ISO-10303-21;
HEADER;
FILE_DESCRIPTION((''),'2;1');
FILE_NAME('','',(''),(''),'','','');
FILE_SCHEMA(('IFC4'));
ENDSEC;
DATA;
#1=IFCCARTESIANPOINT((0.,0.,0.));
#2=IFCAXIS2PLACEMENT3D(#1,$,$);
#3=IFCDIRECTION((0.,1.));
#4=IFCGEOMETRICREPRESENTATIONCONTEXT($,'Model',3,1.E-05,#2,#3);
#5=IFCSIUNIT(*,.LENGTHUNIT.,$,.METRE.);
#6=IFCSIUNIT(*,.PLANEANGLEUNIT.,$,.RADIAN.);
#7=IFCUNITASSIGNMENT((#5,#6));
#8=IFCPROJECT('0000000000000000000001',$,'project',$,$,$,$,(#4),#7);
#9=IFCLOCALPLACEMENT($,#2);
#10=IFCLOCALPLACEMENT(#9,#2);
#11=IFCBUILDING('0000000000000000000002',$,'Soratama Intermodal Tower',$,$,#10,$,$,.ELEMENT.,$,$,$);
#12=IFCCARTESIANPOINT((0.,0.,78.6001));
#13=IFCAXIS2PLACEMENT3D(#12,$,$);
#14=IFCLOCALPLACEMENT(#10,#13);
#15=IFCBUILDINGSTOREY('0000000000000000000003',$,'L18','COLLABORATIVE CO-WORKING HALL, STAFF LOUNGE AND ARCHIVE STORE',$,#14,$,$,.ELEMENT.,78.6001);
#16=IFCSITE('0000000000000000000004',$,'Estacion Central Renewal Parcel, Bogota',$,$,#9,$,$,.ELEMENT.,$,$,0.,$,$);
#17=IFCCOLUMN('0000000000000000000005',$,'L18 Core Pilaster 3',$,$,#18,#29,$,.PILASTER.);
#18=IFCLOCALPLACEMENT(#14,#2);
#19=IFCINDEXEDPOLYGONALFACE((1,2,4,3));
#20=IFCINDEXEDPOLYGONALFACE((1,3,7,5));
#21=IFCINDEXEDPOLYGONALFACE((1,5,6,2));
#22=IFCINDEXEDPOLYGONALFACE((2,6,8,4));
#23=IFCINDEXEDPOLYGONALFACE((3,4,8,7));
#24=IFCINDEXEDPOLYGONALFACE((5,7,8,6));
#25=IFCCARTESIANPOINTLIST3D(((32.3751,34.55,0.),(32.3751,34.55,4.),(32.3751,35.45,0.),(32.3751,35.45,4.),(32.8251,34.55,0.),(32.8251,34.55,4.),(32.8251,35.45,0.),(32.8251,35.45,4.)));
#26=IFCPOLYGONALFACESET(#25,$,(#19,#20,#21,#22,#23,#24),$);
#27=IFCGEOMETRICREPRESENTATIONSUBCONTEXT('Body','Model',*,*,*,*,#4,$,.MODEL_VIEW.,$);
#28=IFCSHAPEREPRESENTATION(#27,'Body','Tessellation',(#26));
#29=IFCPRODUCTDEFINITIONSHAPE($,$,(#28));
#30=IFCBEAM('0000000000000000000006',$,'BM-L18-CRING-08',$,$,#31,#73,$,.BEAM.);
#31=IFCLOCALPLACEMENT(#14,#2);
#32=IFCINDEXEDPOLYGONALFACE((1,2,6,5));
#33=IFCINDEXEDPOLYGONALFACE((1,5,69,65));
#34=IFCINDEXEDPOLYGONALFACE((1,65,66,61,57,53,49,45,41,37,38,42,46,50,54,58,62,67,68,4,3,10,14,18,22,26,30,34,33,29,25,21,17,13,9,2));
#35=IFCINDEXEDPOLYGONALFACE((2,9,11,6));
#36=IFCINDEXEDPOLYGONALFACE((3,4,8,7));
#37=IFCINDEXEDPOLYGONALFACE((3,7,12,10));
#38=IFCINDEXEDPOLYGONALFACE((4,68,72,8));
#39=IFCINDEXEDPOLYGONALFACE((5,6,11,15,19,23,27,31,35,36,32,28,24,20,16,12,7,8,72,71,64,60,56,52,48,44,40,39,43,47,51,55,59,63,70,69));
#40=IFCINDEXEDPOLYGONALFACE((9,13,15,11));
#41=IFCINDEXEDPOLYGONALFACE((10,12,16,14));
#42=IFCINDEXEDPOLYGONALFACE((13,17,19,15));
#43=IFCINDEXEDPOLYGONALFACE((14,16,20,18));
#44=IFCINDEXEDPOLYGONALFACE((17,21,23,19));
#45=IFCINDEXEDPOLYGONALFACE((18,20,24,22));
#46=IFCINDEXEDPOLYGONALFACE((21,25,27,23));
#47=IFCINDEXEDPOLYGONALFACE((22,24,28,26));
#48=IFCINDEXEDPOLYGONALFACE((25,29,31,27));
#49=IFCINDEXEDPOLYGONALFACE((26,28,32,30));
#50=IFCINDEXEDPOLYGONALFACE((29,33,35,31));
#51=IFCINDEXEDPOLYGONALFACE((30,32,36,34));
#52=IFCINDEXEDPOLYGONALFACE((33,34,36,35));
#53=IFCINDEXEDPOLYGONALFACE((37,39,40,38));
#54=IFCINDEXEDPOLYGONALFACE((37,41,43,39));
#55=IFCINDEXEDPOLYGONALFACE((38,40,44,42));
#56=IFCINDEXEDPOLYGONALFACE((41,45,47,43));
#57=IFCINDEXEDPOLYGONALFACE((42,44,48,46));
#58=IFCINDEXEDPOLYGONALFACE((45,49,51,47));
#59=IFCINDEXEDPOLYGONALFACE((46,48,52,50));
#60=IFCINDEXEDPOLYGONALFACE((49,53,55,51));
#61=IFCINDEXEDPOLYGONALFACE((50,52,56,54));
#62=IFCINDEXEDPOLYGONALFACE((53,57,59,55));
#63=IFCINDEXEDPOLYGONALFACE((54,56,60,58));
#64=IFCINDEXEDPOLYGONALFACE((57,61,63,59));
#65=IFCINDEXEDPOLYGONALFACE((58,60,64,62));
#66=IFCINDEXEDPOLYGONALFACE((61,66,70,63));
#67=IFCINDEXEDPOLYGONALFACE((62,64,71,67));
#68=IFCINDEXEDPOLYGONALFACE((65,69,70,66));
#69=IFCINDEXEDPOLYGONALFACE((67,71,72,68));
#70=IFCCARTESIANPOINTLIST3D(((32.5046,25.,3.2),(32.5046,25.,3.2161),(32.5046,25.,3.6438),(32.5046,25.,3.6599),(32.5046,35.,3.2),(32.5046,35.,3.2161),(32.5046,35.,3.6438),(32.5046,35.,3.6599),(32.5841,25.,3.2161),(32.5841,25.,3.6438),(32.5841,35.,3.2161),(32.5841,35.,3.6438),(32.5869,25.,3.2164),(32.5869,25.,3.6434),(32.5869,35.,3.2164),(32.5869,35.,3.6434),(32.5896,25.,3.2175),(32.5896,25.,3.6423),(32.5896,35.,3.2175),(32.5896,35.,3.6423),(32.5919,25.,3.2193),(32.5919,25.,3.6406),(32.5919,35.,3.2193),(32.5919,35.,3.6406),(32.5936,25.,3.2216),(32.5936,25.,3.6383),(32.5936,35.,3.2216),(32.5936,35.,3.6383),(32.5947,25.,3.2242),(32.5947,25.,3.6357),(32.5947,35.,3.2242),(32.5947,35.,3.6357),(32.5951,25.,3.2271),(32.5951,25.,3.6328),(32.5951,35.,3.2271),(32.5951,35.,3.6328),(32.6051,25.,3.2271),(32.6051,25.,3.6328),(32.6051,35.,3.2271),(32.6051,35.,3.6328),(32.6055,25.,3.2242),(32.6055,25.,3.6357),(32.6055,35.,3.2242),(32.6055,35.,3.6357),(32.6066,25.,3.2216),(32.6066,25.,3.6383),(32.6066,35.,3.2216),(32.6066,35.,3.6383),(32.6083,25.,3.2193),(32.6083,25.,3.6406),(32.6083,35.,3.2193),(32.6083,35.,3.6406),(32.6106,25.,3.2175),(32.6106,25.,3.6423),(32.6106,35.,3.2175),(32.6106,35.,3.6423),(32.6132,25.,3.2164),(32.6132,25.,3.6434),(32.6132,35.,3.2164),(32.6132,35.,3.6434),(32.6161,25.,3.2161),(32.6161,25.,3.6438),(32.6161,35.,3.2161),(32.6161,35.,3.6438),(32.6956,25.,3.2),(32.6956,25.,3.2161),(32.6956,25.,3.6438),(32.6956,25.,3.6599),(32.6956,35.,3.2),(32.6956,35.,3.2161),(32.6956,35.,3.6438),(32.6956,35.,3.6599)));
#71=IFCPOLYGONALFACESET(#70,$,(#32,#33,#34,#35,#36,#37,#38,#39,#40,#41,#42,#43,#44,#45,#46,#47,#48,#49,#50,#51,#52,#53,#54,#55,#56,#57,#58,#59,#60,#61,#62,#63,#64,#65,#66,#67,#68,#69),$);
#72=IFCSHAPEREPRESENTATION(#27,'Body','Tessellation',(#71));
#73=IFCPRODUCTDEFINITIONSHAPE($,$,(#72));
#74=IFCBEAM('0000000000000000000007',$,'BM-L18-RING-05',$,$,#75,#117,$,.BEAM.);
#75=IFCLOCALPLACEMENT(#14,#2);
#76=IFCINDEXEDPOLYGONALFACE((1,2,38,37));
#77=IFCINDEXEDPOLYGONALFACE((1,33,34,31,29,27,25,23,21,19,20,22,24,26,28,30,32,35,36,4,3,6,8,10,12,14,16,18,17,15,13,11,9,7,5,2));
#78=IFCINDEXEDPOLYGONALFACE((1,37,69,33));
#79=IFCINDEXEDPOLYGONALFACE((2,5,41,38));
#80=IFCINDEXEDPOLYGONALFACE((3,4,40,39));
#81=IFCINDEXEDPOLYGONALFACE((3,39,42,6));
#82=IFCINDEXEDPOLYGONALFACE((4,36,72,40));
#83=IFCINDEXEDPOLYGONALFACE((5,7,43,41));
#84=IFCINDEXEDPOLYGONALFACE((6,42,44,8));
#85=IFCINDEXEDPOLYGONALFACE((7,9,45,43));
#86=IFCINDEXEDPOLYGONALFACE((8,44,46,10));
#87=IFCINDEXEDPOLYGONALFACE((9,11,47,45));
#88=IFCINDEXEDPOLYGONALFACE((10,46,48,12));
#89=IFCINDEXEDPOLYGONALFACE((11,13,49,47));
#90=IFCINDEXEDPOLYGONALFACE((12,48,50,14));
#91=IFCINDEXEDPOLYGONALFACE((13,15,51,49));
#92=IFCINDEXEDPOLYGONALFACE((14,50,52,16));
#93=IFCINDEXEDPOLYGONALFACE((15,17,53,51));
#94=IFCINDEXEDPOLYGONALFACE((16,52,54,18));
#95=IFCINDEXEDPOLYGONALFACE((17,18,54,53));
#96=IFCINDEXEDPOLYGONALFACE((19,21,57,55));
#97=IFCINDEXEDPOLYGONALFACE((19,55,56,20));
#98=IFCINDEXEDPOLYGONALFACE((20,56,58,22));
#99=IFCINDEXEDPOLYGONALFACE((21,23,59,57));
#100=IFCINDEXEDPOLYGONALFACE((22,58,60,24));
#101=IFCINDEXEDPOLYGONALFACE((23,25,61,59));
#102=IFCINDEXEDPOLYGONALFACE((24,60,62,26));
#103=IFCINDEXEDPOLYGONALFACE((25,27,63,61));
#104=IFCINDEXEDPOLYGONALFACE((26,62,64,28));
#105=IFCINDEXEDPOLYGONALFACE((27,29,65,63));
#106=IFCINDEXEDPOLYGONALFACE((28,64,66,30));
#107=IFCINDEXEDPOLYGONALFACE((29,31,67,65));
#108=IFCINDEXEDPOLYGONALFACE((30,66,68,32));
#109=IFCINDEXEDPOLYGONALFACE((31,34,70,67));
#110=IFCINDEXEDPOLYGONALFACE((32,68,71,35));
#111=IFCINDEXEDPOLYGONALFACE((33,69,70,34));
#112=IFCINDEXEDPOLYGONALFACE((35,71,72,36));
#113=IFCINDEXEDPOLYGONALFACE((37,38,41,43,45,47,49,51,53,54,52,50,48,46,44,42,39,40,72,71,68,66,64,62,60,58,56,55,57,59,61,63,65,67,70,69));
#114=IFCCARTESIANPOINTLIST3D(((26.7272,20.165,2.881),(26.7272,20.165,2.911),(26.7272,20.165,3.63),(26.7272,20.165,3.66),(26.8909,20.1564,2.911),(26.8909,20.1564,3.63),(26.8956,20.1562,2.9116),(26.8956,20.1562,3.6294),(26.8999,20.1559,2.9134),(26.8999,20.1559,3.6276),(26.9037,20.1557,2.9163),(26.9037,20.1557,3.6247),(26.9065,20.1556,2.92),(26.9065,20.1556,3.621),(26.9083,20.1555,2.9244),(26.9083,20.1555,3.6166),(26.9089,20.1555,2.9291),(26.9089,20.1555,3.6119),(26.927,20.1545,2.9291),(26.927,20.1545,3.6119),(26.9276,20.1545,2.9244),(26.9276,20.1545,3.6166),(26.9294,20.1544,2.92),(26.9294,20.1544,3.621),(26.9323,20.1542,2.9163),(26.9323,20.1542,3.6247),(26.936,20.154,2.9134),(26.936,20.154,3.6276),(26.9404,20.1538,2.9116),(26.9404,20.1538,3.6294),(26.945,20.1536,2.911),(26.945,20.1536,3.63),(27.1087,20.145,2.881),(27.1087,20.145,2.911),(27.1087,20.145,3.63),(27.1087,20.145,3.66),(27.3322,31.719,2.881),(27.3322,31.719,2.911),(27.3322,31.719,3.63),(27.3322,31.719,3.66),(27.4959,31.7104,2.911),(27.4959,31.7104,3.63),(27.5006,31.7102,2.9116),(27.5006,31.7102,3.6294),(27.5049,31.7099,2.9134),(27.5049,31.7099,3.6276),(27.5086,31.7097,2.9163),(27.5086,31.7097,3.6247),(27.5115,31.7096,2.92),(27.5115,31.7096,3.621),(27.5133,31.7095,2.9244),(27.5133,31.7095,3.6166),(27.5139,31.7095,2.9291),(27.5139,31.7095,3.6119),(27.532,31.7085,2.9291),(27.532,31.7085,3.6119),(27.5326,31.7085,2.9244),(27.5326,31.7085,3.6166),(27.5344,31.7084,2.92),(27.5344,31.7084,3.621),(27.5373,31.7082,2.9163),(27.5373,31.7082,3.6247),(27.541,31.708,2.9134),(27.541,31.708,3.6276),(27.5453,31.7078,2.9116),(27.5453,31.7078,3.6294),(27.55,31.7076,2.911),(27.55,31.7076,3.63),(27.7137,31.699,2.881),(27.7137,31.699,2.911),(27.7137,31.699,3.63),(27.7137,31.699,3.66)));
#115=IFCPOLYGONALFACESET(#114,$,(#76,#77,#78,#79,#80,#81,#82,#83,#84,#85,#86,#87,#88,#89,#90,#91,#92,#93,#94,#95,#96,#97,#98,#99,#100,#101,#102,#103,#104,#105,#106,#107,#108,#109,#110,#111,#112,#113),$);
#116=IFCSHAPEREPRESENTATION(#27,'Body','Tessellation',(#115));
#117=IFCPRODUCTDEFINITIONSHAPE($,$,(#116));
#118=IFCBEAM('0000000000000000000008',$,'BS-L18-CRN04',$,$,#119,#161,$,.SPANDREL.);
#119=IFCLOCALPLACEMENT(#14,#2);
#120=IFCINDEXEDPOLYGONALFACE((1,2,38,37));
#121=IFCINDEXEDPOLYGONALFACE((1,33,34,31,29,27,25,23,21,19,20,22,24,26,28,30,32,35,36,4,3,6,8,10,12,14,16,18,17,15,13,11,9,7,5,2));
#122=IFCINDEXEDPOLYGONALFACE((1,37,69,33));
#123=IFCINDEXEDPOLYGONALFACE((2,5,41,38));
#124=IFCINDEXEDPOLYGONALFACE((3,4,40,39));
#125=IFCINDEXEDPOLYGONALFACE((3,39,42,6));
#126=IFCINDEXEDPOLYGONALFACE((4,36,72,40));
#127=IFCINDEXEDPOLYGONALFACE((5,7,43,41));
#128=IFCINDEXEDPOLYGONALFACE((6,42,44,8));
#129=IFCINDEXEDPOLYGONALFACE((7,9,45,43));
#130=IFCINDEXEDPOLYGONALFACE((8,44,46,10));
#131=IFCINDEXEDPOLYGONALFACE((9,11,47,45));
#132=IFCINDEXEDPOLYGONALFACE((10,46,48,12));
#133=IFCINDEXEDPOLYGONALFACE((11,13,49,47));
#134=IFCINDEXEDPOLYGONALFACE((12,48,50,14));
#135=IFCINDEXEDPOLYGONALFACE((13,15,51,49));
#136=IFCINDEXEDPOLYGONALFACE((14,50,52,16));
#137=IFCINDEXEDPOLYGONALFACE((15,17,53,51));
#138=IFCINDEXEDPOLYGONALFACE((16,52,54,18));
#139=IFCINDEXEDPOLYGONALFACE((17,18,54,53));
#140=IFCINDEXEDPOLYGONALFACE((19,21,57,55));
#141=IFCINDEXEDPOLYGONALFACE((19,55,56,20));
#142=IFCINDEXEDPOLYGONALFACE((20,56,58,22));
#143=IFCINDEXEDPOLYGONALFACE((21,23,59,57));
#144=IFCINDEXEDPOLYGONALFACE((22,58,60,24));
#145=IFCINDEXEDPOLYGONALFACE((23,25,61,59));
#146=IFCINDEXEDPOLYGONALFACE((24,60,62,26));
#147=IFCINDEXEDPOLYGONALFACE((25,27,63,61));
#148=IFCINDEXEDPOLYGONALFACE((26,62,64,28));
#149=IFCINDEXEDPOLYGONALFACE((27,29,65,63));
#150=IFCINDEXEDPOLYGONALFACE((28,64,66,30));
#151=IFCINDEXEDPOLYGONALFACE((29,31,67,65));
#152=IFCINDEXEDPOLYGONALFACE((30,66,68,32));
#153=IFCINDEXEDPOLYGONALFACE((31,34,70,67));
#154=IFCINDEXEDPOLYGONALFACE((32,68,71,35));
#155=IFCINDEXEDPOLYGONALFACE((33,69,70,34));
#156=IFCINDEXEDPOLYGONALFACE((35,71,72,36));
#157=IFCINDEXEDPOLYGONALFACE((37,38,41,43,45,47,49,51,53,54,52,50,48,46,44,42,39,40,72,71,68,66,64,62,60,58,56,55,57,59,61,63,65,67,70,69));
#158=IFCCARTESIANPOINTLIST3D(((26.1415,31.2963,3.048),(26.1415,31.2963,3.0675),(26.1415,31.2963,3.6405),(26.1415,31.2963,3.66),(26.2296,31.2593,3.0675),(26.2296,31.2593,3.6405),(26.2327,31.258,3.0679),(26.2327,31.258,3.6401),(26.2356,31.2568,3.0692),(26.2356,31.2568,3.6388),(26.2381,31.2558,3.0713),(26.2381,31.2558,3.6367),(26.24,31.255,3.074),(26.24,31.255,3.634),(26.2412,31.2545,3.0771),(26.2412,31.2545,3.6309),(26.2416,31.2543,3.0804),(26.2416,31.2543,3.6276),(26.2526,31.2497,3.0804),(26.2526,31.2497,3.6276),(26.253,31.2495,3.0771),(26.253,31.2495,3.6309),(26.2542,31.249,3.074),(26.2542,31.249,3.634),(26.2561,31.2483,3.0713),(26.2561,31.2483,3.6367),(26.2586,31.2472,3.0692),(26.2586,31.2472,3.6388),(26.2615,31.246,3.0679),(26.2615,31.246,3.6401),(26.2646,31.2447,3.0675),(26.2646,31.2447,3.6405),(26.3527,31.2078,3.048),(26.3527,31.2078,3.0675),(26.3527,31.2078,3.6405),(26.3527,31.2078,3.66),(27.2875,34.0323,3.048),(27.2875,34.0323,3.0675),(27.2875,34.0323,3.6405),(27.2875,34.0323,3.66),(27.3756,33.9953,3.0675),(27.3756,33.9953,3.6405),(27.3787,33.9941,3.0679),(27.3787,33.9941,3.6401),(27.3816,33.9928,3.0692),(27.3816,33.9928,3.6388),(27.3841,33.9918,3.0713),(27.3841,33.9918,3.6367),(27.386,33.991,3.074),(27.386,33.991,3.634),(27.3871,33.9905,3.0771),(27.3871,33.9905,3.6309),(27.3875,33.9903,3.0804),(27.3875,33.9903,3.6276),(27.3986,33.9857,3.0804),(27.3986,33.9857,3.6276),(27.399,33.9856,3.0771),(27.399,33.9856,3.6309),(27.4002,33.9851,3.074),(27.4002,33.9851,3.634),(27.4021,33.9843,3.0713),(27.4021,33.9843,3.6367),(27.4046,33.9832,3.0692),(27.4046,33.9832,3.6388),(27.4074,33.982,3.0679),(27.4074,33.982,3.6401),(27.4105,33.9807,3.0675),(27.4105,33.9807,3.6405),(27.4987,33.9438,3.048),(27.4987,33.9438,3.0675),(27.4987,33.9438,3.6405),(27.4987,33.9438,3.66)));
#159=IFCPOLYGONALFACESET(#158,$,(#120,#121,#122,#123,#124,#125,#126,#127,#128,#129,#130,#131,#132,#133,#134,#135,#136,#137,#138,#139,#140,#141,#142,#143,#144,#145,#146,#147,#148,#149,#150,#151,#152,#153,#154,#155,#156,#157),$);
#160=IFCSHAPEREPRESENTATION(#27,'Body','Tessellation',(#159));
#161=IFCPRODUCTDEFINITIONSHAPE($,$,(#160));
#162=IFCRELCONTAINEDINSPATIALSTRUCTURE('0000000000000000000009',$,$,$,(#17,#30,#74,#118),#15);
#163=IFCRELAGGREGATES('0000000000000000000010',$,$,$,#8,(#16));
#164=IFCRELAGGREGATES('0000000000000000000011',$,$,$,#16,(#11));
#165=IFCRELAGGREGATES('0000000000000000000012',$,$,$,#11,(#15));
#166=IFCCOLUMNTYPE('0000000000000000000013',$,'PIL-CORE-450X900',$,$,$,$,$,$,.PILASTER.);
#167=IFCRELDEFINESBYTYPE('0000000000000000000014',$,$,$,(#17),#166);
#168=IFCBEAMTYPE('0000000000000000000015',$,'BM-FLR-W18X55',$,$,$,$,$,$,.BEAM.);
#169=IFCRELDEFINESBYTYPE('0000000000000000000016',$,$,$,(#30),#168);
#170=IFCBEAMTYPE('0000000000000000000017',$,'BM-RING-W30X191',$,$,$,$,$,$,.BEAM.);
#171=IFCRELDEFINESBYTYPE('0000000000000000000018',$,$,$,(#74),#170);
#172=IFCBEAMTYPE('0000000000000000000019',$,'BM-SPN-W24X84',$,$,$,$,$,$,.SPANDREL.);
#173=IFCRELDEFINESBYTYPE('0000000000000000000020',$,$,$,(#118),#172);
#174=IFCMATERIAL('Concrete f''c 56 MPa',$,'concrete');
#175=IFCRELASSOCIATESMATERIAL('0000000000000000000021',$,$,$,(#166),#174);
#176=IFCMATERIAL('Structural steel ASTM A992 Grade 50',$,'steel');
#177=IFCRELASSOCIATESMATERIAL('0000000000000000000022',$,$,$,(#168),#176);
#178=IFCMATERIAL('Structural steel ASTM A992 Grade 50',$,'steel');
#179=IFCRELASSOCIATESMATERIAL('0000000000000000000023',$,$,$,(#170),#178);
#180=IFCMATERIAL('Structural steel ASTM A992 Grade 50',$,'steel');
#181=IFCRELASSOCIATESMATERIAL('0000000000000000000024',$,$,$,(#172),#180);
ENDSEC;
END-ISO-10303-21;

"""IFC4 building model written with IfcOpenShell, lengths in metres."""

from ifc_helpers import new_model, si_unit, direction, frame, origin, origin_2d, place, context, subcontext, project, spatial, rectangle, i_section, extrude, material, material_profile, profile_set, type_object, element, save


model = new_model("IFC4")

# Units and contexts
model_context = context("Model", 3, precision=1e-05, world=origin(), true_north=direction((0.0, 1.0)))
body_context = subcontext(model_context, "Body", "Model", "MODEL_VIEW")
ifc_project = project(units=[si_unit("LENGTHUNIT", "METRE"), si_unit("PLANEANGLEUNIT", "RADIAN")], contexts=[model_context])

# Site, building, storey
site_placement = place(None, origin())
site = spatial("IfcSite", under=ifc_project, at=site_placement, Name="Estacion Central Renewal Parcel, Bogota", CompositionType="ELEMENT", RefElevation=0.0)
building_placement = place(site_placement, origin())
building = spatial("IfcBuilding", under=site, at=building_placement, Name="Soratama Intermodal Tower", CompositionType="ELEMENT")
storey_placement = place(building_placement, frame((0.0, 0.0, 78.6001)))
storey = spatial("IfcBuildingStorey", under=building, at=storey_placement, Name="L18", Description="COLLABORATIVE CO-WORKING HALL, STAFF LOUNGE AND ARCHIVE STORE", CompositionType="ELEMENT", Elevation=78.6001)

# Column
ifc_material_1 = material(Name="Concrete f'c 56 MPa", Category="concrete")
ifc_material_profile_1 = material_profile(ifc_material_1, rectangle(XDim=0.45, YDim=0.8999, at=origin_2d()), Name="RC450X900")
ifc_profile_set_1 = profile_set([ifc_material_profile_1], Name="Concrete f'c 56 MPa")
column_type = type_object("IfcColumnType", Name="PIL-CORE-450X900", PredefinedType="PILASTER", material=ifc_profile_set_1)
column_placement = place(storey_placement, frame((32.6001, 35.0, 0.0), z_axis=(0.0, 0.0, 1.0), x_axis=(1.0, 0.0, 0.0)))
element("IfcColumn", 1, at=column_placement, inside=storey, type_object=column_type, Name="L18 Core Pilaster 3", PredefinedType="PILASTER", context=body_context, shape_type="SweptSolid", body=[
    extrude(rectangle(XDim=0.45, YDim=0.8999, at=origin_2d()), origin(), (0.0, 0.0, 1.0), 4.0),
])

# Beams
ifc_material_2 = material(Name="Structural steel ASTM A992 Grade 50", Category="steel")
ifc_material_profile_2 = material_profile(ifc_material_2, i_section(OverallWidth=0.1909, OverallDepth=0.46, WebThickness=0.01, FlangeThickness=0.0161, FilletRadius=0.011, at=origin_2d()), Name="W18X55")
ifc_profile_set_2 = profile_set([ifc_material_profile_2], Name="Structural steel ASTM A992 Grade 50")
beam_type_1 = type_object("IfcBeamType", Name="BM-FLR-W18X55", PredefinedType="BEAM", material=ifc_profile_set_2)
beam_1_placement = place(storey_placement, frame((32.6001, 35.0, 3.4299), z_axis=(0.0, -1.0, 0.0), x_axis=(1.0, 0.0, 0.0)))
element("IfcBeam", 2, at=beam_1_placement, inside=storey, type_object=beam_type_1, Name="BM-L18-CRING-08", PredefinedType="BEAM", context=body_context, shape_type="SweptSolid", body=[
    extrude(i_section(OverallWidth=0.1909, OverallDepth=0.46, WebThickness=0.01, FlangeThickness=0.0161, FilletRadius=0.011, at=origin_2d()), origin(), (0.0, 0.0, 1.0), 10.0),
])
ifc_material_3 = material(Name="Structural steel ASTM A992 Grade 50", Category="steel")
ifc_material_profile_3 = material_profile(ifc_material_3, i_section(OverallWidth=0.3821, OverallDepth=0.7791, WebThickness=0.0181, FlangeThickness=0.03, FilletRadius=0.0181, at=origin_2d()), Name="W30X191")
ifc_profile_set_3 = profile_set([ifc_material_profile_3], Name="Structural steel ASTM A992 Grade 50")
beam_type_2 = type_object("IfcBeamType", Name="BM-RING-W30X191", PredefinedType="BEAM", material=ifc_profile_set_3)
beam_2_placement = place(storey_placement, frame((27.5229, 31.709, 3.2705), z_axis=(-0.05229, -0.998632, 0.0), x_axis=(0.998632, -0.05229, 0.0)))
element("IfcBeam", 3, at=beam_2_placement, inside=storey, type_object=beam_type_2, Name="BM-L18-RING-05", PredefinedType="BEAM", context=body_context, shape_type="SweptSolid", body=[
    extrude(i_section(OverallWidth=0.3821, OverallDepth=0.7791, WebThickness=0.0181, FlangeThickness=0.03, FilletRadius=0.0181, at=origin_2d()), origin(), (0.0, 0.0, 1.0), 11.5698),
])
ifc_material_4 = material(Name="Structural steel ASTM A992 Grade 50", Category="steel")
ifc_material_profile_4 = material_profile(ifc_material_4, i_section(OverallWidth=0.229, OverallDepth=0.6121, WebThickness=0.012, FlangeThickness=0.0195, FilletRadius=0.0129, at=origin_2d()), Name="W24X84")
ifc_profile_set_4 = profile_set([ifc_material_profile_4], Name="Structural steel ASTM A992 Grade 50")
beam_type_3 = type_object("IfcBeamType", Name="BM-SPN-W24X84", PredefinedType="SPANDREL", material=ifc_profile_set_4)
beam_3_placement = place(storey_placement, frame((27.3931, 33.988, 3.354), z_axis=(-0.386327, -0.922362, 0.0), x_axis=(0.922362, -0.386327, 0.0)))
element("IfcBeam", 4, at=beam_3_placement, inside=storey, type_object=beam_type_3, Name="BS-L18-CRN04", PredefinedType="SPANDREL", context=body_context, shape_type="SweptSolid", body=[
    extrude(i_section(OverallWidth=0.229, OverallDepth=0.6121, WebThickness=0.012, FlangeThickness=0.0195, FilletRadius=0.0129, at=origin_2d()), origin(), (0.0, 0.0, 1.0), 2.9663),
])

save(model, "model.ifc")
